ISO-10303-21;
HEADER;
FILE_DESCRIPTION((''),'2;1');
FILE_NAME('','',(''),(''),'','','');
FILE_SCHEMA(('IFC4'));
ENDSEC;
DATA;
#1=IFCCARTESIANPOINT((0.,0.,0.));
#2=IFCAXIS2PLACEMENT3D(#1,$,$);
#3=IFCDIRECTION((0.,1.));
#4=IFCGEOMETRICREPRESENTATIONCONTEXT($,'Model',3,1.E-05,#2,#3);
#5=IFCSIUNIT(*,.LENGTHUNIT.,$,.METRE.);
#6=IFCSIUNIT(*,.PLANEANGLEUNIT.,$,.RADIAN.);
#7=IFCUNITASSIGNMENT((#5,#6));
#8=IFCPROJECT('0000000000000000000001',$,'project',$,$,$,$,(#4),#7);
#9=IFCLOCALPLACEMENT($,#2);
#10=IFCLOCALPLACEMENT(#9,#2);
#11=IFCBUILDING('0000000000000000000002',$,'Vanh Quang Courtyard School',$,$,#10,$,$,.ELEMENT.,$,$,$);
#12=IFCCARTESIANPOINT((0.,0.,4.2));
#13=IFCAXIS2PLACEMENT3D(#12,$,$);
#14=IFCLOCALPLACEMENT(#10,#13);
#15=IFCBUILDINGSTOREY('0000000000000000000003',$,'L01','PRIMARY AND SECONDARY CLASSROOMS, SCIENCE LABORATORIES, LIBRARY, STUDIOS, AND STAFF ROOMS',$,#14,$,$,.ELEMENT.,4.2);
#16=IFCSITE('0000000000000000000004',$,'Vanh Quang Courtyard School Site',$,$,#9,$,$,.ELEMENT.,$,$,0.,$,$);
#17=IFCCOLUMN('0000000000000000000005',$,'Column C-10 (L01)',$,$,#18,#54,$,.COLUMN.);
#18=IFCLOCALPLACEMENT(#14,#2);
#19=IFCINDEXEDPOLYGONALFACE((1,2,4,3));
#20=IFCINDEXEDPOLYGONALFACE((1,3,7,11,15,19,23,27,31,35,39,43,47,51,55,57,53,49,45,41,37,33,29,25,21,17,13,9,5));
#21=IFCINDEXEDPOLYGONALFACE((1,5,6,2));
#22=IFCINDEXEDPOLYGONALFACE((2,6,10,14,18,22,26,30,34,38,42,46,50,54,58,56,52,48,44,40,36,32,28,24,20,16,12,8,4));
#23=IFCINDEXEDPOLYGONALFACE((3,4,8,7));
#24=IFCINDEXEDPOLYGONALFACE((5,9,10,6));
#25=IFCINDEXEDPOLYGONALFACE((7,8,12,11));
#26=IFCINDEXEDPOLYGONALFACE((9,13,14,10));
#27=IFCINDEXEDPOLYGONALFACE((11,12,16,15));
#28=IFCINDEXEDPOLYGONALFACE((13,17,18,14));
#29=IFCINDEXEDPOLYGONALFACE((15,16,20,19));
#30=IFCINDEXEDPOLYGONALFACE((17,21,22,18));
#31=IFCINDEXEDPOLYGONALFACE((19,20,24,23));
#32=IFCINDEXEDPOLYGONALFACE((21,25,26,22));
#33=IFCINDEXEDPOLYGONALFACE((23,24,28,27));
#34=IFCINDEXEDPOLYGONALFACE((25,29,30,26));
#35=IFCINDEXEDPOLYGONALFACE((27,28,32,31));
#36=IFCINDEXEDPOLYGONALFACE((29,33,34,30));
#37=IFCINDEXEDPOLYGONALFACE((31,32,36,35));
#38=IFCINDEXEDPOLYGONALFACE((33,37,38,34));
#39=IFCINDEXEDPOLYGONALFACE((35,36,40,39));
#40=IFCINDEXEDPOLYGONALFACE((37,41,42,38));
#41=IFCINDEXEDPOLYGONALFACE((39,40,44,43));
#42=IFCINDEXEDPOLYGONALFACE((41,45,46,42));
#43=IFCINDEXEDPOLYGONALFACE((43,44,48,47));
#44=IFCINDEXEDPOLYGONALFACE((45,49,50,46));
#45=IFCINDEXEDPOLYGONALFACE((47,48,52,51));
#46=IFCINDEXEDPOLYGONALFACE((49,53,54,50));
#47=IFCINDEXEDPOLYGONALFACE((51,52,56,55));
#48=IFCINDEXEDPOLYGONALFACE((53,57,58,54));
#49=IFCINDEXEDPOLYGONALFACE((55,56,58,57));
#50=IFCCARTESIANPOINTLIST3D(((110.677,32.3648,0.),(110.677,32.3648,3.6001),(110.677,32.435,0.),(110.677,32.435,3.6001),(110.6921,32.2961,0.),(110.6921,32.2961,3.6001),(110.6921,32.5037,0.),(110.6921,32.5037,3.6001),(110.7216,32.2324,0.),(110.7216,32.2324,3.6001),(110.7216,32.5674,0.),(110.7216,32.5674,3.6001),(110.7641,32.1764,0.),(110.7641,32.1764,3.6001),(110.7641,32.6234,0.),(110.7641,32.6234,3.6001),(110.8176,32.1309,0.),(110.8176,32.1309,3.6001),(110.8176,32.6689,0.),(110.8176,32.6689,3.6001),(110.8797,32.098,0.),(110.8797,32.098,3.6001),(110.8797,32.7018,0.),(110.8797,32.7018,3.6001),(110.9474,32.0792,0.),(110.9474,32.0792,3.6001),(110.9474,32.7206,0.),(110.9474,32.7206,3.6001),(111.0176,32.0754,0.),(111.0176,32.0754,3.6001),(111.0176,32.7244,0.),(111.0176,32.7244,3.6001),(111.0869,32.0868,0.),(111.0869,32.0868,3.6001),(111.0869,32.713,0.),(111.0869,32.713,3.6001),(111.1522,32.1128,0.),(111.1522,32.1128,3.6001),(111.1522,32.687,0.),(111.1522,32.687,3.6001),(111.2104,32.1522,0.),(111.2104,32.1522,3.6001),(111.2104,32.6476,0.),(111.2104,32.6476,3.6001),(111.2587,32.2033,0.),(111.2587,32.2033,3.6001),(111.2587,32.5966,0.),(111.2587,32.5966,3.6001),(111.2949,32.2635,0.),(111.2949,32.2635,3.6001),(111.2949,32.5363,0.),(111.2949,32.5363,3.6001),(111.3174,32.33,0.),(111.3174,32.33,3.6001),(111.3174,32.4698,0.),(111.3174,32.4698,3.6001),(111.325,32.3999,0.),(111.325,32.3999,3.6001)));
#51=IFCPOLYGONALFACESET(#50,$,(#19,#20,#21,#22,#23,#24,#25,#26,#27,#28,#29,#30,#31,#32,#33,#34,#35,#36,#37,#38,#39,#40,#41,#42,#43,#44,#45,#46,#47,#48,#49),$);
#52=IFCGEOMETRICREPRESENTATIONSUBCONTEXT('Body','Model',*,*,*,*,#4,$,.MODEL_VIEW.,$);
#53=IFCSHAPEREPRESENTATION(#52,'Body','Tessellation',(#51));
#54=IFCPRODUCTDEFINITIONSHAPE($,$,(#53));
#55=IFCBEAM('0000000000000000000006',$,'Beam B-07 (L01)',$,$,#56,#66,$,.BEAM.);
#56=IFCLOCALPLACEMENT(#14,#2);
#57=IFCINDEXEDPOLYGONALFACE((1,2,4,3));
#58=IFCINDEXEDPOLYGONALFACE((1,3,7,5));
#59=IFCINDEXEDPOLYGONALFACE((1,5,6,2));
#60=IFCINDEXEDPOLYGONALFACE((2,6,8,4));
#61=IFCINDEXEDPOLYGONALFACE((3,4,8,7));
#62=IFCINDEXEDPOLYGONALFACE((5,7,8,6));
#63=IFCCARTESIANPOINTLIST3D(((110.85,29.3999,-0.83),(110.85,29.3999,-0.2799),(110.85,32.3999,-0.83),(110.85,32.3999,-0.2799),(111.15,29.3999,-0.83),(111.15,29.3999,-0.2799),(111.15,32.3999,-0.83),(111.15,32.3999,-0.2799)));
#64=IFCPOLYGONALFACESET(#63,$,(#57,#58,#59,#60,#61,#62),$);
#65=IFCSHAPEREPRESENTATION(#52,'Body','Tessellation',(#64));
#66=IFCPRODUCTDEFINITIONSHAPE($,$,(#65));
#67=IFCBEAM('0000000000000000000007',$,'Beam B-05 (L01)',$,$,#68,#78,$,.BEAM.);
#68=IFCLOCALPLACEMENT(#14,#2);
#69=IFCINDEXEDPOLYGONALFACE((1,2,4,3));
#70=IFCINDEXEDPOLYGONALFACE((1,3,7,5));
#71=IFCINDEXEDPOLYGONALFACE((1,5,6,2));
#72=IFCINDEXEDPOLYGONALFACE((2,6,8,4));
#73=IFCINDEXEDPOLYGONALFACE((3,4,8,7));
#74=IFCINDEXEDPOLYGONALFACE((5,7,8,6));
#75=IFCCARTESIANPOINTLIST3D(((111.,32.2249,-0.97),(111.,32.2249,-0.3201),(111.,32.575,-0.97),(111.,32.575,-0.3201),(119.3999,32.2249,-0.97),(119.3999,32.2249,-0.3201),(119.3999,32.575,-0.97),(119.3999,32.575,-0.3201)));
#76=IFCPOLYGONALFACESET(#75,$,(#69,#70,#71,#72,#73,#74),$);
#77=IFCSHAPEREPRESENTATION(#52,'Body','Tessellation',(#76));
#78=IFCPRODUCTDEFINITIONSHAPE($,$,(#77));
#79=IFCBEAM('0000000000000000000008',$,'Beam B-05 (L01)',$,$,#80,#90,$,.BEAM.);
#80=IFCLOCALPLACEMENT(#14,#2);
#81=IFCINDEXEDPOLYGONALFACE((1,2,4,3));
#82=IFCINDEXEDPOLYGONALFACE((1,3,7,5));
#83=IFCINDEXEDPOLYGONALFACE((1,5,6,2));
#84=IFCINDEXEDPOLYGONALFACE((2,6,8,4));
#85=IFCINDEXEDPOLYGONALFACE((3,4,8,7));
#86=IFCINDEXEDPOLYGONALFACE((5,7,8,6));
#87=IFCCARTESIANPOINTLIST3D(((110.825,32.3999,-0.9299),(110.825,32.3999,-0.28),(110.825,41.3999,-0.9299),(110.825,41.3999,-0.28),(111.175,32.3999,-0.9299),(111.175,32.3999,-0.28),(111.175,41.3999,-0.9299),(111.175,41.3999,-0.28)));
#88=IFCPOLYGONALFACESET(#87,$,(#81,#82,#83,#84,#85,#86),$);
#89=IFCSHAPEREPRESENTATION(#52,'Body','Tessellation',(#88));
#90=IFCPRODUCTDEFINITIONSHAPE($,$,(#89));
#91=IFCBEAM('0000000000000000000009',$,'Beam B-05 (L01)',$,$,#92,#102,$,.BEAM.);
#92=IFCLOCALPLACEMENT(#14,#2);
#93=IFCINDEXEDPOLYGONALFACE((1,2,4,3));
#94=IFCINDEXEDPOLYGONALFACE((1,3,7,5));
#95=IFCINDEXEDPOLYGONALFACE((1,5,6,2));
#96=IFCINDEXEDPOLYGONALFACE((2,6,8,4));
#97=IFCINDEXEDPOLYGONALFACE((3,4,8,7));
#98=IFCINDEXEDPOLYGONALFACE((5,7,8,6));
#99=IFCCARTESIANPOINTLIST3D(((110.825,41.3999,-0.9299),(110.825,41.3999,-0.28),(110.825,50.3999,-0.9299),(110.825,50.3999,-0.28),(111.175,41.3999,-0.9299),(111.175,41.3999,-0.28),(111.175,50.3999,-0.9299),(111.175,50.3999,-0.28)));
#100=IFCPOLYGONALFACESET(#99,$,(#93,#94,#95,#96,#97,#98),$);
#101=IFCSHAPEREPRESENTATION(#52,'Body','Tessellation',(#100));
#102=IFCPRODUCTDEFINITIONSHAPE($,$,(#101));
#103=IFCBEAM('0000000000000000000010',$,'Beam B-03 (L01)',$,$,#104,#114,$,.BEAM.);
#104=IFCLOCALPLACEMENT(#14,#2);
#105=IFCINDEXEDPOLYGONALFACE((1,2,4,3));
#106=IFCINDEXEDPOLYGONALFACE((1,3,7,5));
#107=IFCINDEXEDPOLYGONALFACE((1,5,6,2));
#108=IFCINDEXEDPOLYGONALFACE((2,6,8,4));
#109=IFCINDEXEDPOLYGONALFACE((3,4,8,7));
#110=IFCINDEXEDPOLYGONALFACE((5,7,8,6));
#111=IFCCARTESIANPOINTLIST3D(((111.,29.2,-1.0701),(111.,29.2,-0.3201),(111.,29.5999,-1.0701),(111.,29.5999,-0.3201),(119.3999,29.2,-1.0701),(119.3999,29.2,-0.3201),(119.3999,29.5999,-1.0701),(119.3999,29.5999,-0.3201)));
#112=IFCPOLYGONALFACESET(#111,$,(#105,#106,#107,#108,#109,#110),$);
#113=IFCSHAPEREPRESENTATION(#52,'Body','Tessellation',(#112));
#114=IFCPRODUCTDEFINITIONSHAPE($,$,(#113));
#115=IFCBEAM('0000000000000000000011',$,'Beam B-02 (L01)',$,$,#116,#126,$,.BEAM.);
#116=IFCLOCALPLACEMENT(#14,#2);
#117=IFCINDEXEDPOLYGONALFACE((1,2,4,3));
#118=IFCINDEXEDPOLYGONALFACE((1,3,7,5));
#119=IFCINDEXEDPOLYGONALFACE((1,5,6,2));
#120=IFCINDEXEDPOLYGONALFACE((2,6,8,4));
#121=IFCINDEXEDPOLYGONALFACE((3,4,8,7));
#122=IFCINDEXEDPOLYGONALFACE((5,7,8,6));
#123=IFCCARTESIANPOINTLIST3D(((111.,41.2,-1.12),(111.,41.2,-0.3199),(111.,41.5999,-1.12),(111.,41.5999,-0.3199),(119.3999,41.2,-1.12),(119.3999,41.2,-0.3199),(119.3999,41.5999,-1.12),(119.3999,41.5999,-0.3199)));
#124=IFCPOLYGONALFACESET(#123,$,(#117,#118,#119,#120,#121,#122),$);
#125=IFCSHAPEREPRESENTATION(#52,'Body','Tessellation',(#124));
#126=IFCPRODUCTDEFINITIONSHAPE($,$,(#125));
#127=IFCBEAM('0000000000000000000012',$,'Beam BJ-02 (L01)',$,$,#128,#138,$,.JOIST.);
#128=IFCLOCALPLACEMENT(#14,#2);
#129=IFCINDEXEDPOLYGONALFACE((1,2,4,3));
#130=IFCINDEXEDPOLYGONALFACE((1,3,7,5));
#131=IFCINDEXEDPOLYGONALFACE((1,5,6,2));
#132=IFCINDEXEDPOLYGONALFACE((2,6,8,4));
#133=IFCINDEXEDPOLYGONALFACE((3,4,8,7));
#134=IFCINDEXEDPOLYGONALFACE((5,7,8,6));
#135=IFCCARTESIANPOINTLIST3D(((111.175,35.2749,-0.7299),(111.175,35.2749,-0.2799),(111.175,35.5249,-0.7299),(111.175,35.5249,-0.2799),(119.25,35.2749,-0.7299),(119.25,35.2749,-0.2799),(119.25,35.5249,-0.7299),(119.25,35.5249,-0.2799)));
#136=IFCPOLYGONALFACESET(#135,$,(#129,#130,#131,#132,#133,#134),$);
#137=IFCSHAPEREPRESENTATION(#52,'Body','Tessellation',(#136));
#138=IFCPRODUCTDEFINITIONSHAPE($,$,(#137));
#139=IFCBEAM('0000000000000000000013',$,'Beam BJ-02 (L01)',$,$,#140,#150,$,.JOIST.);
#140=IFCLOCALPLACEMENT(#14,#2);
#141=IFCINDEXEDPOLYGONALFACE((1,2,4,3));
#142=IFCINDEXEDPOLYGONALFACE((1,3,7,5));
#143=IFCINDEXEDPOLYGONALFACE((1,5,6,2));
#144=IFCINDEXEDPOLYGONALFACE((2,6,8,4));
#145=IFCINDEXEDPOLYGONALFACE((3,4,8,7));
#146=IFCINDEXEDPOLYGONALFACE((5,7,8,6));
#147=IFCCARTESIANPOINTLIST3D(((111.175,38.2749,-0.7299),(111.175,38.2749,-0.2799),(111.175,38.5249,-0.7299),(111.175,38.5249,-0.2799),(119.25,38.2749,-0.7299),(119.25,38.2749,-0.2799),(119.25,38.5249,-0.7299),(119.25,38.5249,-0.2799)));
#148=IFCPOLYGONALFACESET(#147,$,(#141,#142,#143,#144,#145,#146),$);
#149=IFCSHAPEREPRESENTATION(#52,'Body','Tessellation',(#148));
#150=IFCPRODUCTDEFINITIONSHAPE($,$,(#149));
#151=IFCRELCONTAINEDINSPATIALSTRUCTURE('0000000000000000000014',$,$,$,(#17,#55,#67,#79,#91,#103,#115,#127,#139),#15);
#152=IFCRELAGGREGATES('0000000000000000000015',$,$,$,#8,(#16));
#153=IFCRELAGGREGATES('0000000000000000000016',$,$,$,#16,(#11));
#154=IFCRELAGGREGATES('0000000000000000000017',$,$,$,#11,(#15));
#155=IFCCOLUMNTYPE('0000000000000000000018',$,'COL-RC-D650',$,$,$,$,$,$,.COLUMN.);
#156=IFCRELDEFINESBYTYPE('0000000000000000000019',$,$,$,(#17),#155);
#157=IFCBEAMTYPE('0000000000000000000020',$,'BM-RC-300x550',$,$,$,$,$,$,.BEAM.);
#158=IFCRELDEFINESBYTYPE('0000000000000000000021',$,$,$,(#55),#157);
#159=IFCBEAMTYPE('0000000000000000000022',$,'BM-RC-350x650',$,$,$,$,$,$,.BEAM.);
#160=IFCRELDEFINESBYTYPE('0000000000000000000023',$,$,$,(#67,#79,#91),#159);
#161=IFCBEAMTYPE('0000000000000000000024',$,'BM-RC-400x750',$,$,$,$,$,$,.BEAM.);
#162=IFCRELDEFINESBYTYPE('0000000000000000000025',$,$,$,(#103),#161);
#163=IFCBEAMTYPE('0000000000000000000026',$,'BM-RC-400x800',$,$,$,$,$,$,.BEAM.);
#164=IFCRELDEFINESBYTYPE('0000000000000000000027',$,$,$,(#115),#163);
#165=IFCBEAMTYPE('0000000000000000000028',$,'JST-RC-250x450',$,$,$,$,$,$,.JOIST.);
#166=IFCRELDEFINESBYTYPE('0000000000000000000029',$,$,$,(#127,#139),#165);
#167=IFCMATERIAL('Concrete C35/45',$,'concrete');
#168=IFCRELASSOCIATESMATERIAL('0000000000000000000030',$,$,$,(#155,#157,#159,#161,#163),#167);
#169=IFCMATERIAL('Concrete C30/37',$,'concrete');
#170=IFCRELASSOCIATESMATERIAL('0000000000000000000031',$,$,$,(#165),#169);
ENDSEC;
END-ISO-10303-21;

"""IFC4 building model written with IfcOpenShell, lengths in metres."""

from ifc_helpers import new_model, si_unit, direction, frame, origin, origin_2d, place, context, subcontext, project, spatial, rectangle, circle, extrude, material, material_profile, profile_set, type_object, element, save


model = new_model("IFC4")

# Units and contexts
model_context = context("Model", 3, precision=1e-05, world=origin(), true_north=direction((0.0, 1.0)))
body_context = subcontext(model_context, "Body", "Model", "MODEL_VIEW")
ifc_project = project(units=[si_unit("LENGTHUNIT", "METRE"), si_unit("PLANEANGLEUNIT", "RADIAN")], contexts=[model_context])

# Site, building, storey
site_placement = place(None, origin())
site = spatial("IfcSite", under=ifc_project, at=site_placement, Name="Vanh Quang Courtyard School Site", CompositionType="ELEMENT", RefElevation=0.0)
building_placement = place(site_placement, origin())
building = spatial("IfcBuilding", under=site, at=building_placement, Name="Vanh Quang Courtyard School", CompositionType="ELEMENT")
storey_placement = place(building_placement, frame((0.0, 0.0, 4.2)))
storey = spatial("IfcBuildingStorey", under=building, at=storey_placement, Name="L01", Description="PRIMARY AND SECONDARY CLASSROOMS, SCIENCE LABORATORIES, LIBRARY, STUDIOS, AND STAFF ROOMS", CompositionType="ELEMENT", Elevation=4.2)

# Column
ifc_material_1 = material(Name="Concrete C35/45", Category="concrete")
ifc_material_profile_1 = material_profile(ifc_material_1, circle(Radius=0.325, at=origin_2d()), Name="RC-COL D650")
ifc_profile_set_1 = profile_set([ifc_material_profile_1], Name="Concrete C35/45")
column_type_1 = type_object("IfcColumnType", Name="COL-RC-D650", PredefinedType="COLUMN", material=ifc_profile_set_1)
column_placement = place(storey_placement, frame((111.0, 32.3999, 0.0), z_axis=(0.0, 0.0, 1.0), x_axis=(1.0, 0.0, 0.0)))
element("IfcColumn", 1, at=column_placement, inside=storey, type_object=column_type_1, Name="Column C-10 (L01)", PredefinedType="COLUMN", context=body_context, shape_type="SweptSolid", body=[
    extrude(circle(Radius=0.325, at=origin_2d()), origin(), (0.0, 0.0, 1.0), 3.6001),
])

# Beams
ifc_material_profile_2 = material_profile(ifc_material_1, rectangle(XDim=0.3, YDim=0.55, at=origin_2d()), Name="RC-BM 300x550")
ifc_profile_set_2 = profile_set([ifc_material_profile_2], Name="Concrete C35/45")
beam_type_1 = type_object("IfcBeamType", Name="BM-RC-300x550", PredefinedType="BEAM", material=ifc_profile_set_2)
beam_1_placement = place(storey_placement, frame((111.0, 29.3999, -0.5549), z_axis=(0.0, 1.0, 0.0), x_axis=(-1.0, 0.0, 0.0)))
element("IfcBeam", 2, at=beam_1_placement, inside=storey, type_object=beam_type_1, Name="Beam B-07 (L01)", PredefinedType="BEAM", context=body_context, shape_type="SweptSolid", body=[
    extrude(rectangle(XDim=0.3, YDim=0.55, at=origin_2d()), origin(), (0.0, 0.0, 1.0), 3.0),
])
ifc_material_profile_3 = material_profile(ifc_material_1, rectangle(XDim=0.3501, YDim=0.6499, at=origin_2d()), Name="RC-BM 350x650")
ifc_profile_set_3 = profile_set([ifc_material_profile_3], Name="Concrete C35/45")
beam_type_2 = type_object("IfcBeamType", Name="BM-RC-350x650", PredefinedType="BEAM", material=ifc_profile_set_3)
beam_2_placement = place(storey_placement, frame((111.0, 32.3999, -0.645), z_axis=(1.0, 0.0, 0.0), x_axis=(0.0, 1.0, 0.0)))
element("IfcBeam", 3, at=beam_2_placement, inside=storey, type_object=beam_type_2, Name="Beam B-05 (L01)", PredefinedType="BEAM", context=body_context, shape_type="SweptSolid", body=[
    extrude(rectangle(XDim=0.3501, YDim=0.6499, at=origin_2d()), origin(), (0.0, 0.0, 1.0), 8.3999),
])
for number, where, z_axis, x_axis, name in (
    (4, (111.0, 32.3999, -0.605), (0.0, 1.0, 0.0), (-1.0, 0.0, 0.0), "Beam B-05 (L01)"),
    (5, (111.0, 41.3999, -0.605), (0.0, 1.0, 0.0), (-1.0, 0.0, 0.0), "Beam B-05 (L01)"),
):
    element("IfcBeam", number, at=place(storey_placement, frame(where, z_axis=z_axis, x_axis=x_axis)), inside=storey, type_object=beam_type_2, Name=name, PredefinedType="BEAM", context=body_context, shape_type="SweptSolid", body=[
        extrude(rectangle(XDim=0.3501, YDim=0.6499, at=origin_2d()), origin(), (0.0, 0.0, 1.0), 9.0),
    ])
ifc_material_profile_4 = material_profile(ifc_material_1, rectangle(XDim=0.3999, YDim=0.75, at=origin_2d()), Name="RC-BM 400x750")
ifc_profile_set_4 = profile_set([ifc_material_profile_4], Name="Concrete C35/45")
beam_type_3 = type_object("IfcBeamType", Name="BM-RC-400x750", PredefinedType="BEAM", material=ifc_profile_set_4)
beam_3_placement = place(storey_placement, frame((111.0, 29.3999, -0.6951), z_axis=(1.0, 0.0, 0.0), x_axis=(0.0, 1.0, 0.0)))
element("IfcBeam", 6, at=beam_3_placement, inside=storey, type_object=beam_type_3, Name="Beam B-03 (L01)", PredefinedType="BEAM", context=body_context, shape_type="SweptSolid", body=[
    extrude(rectangle(XDim=0.3999, YDim=0.75, at=origin_2d()), origin(), (0.0, 0.0, 1.0), 8.3999),
])
ifc_material_profile_5 = material_profile(ifc_material_1, rectangle(XDim=0.3999, YDim=0.8, at=origin_2d()), Name="RC-BM 400x800")
ifc_profile_set_5 = profile_set([ifc_material_profile_5], Name="Concrete C35/45")
beam_type_4 = type_object("IfcBeamType", Name="BM-RC-400x800", PredefinedType="BEAM", material=ifc_profile_set_5)
beam_4_placement = place(storey_placement, frame((111.0, 41.3999, -0.72), z_axis=(1.0, 0.0, 0.0), x_axis=(0.0, 1.0, 0.0)))
element("IfcBeam", 7, at=beam_4_placement, inside=storey, type_object=beam_type_4, Name="Beam B-02 (L01)", PredefinedType="BEAM", context=body_context, shape_type="SweptSolid", body=[
    extrude(rectangle(XDim=0.3999, YDim=0.8, at=origin_2d()), origin(), (0.0, 0.0, 1.0), 8.3999),
])
ifc_material_2 = material(Name="Concrete C30/37", Category="concrete")
ifc_material_profile_6 = material_profile(ifc_material_2, rectangle(XDim=0.25, YDim=0.45, at=origin_2d()), Name="RC-JST 250x450")
ifc_profile_set_6 = profile_set([ifc_material_profile_6], Name="Concrete C30/37")
beam_type_5 = type_object("IfcBeamType", Name="JST-RC-250x450", PredefinedType="JOIST", material=ifc_profile_set_6)
for number, where, z_axis, x_axis, name in (
    (8, (111.175, 35.3999, -0.5049), (1.0, 0.0, 0.0), (0.0, 1.0, 0.0), "Beam BJ-02 (L01)"),
    (9, (111.175, 38.3999, -0.5049), (1.0, 0.0, 0.0), (0.0, 1.0, 0.0), "Beam BJ-02 (L01)"),
):
    element("IfcBeam", number, at=place(storey_placement, frame(where, z_axis=z_axis, x_axis=x_axis)), inside=storey, type_object=beam_type_5, Name=name, PredefinedType="JOIST", context=body_context, shape_type="SweptSolid", body=[
        extrude(rectangle(XDim=0.25, YDim=0.45, at=origin_2d()), origin(), (0.0, 0.0, 1.0), 8.075),
    ])

save(model, "model.ifc")
